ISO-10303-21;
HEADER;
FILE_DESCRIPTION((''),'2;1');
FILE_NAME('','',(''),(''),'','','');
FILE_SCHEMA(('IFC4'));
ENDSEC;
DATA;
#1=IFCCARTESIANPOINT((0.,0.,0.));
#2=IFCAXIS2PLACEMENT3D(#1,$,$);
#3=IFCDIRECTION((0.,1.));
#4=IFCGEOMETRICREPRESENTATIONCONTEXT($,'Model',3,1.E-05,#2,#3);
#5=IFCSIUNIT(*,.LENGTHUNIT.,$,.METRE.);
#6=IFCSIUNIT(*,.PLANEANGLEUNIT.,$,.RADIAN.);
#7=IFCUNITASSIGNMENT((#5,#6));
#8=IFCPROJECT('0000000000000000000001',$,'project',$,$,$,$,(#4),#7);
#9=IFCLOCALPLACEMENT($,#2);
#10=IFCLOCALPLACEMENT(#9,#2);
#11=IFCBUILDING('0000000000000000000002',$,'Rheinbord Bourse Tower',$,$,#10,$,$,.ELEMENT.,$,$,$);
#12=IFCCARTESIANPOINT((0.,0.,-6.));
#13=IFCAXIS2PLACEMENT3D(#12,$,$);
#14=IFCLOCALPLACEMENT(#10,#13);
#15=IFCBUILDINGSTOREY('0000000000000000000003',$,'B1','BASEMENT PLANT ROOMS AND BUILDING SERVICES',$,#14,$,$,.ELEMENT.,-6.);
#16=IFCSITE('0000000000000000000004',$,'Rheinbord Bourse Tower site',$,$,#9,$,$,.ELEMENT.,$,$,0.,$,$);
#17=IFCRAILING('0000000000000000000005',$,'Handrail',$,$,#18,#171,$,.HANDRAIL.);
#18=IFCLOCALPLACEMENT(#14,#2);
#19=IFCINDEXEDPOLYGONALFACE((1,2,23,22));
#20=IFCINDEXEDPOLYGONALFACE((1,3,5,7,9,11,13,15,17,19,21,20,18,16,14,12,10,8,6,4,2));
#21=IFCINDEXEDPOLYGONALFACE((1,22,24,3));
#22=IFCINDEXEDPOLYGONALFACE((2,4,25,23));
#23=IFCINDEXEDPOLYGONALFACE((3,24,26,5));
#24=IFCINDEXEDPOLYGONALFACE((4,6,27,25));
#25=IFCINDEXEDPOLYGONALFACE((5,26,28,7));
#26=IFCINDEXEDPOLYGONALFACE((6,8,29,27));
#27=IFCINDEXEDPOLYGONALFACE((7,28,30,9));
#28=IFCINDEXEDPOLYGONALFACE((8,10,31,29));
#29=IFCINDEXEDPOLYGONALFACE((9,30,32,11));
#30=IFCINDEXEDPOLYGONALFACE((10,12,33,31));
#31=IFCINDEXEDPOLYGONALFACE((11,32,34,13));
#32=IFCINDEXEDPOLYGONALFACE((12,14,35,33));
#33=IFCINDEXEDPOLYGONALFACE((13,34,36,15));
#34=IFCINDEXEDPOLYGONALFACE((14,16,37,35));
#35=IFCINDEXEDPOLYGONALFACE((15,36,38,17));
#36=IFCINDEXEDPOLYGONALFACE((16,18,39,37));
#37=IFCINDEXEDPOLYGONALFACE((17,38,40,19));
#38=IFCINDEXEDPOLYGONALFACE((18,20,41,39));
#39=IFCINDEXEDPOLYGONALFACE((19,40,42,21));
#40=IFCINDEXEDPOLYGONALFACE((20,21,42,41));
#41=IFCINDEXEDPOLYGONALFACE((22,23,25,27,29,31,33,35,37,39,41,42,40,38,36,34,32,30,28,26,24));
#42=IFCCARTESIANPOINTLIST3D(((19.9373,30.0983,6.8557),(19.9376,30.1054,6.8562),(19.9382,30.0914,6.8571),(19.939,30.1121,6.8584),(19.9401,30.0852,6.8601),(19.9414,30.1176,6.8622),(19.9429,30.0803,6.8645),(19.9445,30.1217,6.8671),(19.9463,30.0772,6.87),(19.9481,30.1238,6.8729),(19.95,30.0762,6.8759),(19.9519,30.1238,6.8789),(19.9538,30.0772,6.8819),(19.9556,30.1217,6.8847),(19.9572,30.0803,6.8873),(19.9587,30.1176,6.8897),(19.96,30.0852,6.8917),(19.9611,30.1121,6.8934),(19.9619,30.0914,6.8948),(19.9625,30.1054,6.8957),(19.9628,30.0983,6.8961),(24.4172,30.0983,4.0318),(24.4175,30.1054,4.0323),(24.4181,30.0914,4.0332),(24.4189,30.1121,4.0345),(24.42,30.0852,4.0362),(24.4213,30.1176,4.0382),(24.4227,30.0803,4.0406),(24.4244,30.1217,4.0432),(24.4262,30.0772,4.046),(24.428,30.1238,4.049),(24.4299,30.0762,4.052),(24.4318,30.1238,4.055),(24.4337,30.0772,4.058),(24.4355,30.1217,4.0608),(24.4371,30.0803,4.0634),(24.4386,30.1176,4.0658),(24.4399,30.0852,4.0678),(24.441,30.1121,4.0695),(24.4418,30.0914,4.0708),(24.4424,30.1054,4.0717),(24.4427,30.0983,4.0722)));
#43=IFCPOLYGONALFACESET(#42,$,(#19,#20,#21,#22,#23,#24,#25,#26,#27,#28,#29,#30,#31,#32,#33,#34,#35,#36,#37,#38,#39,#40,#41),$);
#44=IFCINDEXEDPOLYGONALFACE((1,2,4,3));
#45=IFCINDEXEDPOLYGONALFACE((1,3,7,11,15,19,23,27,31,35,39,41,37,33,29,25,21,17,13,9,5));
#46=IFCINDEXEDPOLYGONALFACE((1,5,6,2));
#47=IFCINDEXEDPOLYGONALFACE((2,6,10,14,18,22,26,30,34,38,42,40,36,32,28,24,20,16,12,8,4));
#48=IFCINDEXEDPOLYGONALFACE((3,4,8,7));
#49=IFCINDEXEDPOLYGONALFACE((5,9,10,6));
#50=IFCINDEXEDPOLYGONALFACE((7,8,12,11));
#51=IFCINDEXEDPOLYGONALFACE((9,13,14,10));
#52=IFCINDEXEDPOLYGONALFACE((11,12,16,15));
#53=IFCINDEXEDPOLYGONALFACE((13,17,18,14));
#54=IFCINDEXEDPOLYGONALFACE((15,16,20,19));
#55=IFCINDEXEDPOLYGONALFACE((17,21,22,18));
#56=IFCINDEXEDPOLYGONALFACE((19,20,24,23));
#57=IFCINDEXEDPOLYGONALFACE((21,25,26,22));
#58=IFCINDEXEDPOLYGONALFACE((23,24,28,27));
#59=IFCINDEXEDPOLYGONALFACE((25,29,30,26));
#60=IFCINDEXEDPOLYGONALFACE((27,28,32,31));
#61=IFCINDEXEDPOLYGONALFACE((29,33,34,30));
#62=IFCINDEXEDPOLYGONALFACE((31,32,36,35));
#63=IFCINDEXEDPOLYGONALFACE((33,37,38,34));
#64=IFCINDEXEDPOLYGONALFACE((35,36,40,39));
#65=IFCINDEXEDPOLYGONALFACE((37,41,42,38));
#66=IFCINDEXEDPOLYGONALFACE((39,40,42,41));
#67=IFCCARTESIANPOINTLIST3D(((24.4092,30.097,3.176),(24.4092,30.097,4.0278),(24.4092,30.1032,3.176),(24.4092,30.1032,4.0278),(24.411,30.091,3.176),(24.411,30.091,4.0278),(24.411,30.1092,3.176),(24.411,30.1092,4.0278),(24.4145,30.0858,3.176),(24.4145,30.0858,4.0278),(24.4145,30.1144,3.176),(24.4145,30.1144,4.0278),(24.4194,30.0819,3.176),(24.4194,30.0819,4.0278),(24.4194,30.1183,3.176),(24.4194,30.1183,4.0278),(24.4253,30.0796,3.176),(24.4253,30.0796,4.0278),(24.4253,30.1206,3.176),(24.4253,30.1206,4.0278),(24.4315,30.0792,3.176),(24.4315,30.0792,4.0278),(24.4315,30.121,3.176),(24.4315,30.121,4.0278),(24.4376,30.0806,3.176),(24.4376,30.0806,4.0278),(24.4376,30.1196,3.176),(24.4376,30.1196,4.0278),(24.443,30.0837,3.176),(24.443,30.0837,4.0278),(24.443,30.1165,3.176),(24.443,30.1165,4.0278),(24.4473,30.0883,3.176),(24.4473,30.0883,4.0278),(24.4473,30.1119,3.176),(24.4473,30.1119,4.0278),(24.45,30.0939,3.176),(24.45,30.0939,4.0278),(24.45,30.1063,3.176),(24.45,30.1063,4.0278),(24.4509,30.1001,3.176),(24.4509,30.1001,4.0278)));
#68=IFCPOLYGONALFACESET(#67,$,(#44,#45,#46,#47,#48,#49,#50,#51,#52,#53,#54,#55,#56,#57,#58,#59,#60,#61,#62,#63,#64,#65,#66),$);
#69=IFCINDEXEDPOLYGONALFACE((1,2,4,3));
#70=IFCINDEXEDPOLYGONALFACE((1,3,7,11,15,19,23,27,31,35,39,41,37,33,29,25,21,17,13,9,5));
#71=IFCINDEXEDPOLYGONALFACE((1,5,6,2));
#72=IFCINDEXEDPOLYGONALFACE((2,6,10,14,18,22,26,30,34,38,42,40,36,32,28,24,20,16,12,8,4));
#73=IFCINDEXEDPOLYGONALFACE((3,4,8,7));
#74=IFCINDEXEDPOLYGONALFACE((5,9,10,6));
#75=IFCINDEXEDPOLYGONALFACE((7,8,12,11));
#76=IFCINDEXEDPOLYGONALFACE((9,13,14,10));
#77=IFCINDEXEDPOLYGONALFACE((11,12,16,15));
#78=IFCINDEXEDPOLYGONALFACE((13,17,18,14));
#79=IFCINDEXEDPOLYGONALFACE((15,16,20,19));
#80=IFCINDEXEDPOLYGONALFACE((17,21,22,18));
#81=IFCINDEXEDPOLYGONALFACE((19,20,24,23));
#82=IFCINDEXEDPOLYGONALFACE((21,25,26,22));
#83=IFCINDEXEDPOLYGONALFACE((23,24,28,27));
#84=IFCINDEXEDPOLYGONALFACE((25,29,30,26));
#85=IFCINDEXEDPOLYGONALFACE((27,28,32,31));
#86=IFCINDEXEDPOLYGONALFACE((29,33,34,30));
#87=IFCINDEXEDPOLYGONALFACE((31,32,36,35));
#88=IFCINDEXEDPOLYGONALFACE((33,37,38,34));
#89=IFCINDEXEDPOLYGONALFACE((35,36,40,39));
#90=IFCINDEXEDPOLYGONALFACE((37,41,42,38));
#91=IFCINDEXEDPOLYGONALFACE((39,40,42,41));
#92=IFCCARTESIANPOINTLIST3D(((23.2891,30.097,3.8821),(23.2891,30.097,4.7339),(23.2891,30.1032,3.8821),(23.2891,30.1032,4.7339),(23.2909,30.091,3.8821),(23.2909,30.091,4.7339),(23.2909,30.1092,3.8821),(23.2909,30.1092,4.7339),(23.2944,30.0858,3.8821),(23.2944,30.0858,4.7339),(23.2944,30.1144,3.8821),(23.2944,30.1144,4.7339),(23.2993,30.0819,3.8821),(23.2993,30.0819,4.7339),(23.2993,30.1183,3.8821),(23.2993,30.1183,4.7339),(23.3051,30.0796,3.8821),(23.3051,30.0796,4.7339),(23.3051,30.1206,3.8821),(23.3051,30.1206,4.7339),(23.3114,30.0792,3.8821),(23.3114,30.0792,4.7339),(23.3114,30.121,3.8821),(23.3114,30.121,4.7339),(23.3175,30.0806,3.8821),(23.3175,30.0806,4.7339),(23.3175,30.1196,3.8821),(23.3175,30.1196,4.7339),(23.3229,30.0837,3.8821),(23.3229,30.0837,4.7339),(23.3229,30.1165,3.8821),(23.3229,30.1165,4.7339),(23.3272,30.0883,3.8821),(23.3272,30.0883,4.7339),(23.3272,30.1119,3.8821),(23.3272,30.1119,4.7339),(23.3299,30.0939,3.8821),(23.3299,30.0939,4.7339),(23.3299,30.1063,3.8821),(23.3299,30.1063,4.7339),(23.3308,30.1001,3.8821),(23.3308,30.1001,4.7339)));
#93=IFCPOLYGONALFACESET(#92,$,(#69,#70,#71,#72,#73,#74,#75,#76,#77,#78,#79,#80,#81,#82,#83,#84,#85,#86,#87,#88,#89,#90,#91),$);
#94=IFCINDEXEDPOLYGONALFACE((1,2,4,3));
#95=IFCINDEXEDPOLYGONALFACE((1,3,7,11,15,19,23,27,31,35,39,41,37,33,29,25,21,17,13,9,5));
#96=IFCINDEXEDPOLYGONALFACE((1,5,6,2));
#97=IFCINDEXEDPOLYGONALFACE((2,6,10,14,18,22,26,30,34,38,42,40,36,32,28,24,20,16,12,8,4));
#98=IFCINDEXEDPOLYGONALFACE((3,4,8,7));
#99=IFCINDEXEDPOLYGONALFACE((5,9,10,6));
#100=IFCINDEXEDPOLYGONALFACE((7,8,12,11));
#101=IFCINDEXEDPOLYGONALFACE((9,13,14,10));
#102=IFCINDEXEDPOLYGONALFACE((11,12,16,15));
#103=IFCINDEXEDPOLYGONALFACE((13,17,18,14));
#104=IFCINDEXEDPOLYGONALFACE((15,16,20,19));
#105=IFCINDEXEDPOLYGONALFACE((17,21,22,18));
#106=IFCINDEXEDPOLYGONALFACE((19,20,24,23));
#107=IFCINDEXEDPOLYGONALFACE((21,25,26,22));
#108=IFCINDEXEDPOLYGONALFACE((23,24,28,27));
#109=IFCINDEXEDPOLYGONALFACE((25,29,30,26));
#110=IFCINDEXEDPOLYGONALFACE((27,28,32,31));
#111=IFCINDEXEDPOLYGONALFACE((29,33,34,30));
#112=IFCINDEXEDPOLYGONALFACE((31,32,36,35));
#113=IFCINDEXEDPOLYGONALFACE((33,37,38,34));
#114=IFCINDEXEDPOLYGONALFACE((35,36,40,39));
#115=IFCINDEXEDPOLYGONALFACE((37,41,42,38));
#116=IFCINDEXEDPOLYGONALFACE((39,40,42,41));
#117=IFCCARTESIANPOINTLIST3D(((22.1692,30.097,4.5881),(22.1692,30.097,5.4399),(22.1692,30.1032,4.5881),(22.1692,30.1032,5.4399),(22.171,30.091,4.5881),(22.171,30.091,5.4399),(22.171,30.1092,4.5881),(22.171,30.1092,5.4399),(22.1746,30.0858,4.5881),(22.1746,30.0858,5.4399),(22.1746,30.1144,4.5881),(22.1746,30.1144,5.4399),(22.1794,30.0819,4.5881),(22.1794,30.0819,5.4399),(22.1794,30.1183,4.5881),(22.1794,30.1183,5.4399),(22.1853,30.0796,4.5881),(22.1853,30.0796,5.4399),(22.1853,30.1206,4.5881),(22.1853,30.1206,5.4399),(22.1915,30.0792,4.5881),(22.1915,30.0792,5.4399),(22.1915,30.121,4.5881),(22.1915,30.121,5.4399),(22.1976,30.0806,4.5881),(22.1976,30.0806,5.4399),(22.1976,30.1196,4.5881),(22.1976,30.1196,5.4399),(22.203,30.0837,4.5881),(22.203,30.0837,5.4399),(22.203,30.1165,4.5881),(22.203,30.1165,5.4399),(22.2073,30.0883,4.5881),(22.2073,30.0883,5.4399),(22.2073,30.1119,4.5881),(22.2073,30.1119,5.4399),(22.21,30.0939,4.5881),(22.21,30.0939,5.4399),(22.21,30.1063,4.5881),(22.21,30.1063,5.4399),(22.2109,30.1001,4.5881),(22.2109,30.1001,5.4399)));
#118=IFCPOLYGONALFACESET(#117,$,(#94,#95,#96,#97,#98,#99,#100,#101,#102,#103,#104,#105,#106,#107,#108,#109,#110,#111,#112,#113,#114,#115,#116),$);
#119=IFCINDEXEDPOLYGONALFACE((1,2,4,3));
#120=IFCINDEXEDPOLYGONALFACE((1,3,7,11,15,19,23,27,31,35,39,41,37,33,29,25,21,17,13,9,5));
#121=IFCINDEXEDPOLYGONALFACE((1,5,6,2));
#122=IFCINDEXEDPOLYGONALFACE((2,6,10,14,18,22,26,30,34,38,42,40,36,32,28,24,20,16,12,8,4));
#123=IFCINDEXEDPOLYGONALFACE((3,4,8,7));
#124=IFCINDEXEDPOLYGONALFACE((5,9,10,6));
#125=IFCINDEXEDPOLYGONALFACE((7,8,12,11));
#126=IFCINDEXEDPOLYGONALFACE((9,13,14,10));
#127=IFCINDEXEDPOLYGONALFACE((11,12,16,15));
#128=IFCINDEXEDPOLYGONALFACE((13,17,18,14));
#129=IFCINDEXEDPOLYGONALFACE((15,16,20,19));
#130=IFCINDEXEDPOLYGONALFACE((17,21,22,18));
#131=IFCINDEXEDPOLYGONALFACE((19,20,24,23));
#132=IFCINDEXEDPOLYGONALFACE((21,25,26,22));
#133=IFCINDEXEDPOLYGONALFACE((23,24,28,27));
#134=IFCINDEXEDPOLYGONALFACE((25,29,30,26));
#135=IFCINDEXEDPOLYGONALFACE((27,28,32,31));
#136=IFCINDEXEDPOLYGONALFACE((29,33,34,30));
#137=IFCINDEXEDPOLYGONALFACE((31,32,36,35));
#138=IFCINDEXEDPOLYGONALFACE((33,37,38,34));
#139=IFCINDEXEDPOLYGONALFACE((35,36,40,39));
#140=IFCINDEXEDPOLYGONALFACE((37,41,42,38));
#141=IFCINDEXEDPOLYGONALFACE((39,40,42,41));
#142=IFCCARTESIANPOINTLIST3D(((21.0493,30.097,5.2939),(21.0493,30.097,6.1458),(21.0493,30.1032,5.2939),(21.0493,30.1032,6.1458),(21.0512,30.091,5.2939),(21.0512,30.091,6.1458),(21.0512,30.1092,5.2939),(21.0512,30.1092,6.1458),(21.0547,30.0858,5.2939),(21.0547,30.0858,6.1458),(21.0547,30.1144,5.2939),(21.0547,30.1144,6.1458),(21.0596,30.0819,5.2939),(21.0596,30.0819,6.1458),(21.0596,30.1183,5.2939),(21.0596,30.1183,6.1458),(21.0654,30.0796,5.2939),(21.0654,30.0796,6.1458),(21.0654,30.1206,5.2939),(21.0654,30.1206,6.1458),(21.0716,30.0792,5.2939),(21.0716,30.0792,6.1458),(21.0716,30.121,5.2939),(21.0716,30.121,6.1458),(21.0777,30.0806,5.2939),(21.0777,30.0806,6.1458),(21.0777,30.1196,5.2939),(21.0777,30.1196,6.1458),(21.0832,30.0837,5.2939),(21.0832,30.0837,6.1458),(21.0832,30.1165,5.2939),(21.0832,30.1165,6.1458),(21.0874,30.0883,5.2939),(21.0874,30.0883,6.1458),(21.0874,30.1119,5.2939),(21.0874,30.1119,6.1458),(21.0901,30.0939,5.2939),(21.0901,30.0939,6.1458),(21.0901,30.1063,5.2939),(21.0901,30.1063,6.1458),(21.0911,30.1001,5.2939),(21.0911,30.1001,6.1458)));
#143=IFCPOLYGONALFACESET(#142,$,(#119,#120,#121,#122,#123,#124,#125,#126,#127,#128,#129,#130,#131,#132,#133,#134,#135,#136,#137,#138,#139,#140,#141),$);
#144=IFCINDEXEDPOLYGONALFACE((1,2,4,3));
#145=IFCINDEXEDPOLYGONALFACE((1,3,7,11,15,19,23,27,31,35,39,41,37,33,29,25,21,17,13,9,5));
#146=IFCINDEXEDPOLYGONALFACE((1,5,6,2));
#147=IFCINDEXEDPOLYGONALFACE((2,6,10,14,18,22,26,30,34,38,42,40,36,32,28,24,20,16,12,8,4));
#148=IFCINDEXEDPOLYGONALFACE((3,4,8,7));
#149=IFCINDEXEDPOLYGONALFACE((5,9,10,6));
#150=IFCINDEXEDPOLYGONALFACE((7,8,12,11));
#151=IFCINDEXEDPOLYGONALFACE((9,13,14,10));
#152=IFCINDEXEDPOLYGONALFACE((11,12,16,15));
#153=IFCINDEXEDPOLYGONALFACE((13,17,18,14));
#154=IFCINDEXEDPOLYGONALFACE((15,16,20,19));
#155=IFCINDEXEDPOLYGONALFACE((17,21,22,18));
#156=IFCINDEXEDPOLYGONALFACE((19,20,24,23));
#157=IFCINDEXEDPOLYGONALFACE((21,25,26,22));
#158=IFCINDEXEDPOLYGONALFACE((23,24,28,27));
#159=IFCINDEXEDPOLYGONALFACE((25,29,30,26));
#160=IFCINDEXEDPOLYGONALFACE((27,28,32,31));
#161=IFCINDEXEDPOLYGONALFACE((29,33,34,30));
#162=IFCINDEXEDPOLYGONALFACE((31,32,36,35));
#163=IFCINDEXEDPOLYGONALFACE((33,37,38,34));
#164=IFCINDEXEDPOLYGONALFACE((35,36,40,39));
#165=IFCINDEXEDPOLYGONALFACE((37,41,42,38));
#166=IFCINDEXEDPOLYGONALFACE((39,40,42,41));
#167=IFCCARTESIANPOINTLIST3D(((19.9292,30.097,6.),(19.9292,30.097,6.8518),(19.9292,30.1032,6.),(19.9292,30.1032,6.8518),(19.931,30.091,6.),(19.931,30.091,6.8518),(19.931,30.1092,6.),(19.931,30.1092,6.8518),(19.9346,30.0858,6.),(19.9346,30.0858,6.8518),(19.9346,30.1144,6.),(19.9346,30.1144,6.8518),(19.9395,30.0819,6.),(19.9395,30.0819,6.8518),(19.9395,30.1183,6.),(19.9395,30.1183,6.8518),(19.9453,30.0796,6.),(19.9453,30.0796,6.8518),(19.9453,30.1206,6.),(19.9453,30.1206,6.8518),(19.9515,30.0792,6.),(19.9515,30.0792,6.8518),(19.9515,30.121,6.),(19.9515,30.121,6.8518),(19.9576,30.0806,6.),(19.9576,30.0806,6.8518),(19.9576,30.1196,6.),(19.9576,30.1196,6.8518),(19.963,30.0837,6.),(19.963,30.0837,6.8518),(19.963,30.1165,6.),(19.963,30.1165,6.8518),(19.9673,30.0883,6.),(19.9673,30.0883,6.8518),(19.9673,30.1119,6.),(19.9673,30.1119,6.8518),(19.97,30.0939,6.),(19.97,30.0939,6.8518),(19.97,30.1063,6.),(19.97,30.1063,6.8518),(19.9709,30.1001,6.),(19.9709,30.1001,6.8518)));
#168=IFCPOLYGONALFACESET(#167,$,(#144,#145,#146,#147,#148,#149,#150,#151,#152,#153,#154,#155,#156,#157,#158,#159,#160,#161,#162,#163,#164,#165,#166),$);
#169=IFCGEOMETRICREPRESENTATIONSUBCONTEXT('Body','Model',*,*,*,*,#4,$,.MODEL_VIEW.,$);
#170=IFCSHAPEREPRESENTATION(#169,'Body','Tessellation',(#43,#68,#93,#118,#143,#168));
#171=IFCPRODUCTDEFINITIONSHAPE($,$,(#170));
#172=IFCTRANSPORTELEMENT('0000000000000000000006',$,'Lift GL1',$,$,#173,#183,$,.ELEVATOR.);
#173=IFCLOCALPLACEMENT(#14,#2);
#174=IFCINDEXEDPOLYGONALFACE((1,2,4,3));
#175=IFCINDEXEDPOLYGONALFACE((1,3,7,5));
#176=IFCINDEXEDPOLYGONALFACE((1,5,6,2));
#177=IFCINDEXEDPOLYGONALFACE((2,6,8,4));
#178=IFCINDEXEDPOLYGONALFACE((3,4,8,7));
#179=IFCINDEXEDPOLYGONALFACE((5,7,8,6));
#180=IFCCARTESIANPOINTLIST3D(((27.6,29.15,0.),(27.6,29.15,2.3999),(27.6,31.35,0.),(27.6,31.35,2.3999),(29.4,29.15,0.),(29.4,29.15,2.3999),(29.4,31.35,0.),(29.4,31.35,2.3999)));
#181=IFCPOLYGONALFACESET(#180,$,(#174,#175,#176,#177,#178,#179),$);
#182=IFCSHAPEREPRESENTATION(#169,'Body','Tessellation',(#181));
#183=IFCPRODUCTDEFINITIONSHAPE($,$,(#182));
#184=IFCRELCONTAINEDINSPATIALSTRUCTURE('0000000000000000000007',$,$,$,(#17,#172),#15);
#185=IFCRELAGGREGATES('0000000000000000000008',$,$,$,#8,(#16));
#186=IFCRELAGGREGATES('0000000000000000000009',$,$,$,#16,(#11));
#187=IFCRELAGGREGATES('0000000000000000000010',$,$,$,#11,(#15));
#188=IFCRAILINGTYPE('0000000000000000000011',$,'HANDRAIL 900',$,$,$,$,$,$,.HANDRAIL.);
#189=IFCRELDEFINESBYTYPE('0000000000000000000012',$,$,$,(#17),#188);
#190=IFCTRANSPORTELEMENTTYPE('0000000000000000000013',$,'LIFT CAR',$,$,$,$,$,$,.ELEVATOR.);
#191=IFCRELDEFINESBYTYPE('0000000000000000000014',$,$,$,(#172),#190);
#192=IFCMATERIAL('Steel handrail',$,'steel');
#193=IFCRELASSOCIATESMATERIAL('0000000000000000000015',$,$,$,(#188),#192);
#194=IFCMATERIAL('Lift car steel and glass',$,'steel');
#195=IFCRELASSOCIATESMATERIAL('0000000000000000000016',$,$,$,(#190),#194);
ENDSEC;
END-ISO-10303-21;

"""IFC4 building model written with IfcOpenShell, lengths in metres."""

from ifc_helpers import new_model, si_unit, direction, frame, origin, origin_2d, place, context, subcontext, project, spatial, rectangle, circle, extrude, material, type_object, element, save


model = new_model("IFC4")

# Units and contexts
model_context = context("Model", 3, precision=1e-05, world=origin(), true_north=direction((0.0, 1.0)))
body_context = subcontext(model_context, "Body", "Model", "MODEL_VIEW")
ifc_project = project(units=[si_unit("LENGTHUNIT", "METRE"), si_unit("PLANEANGLEUNIT", "RADIAN")], contexts=[model_context])

# Site, building, storey
site_placement = place(None, origin())
site = spatial("IfcSite", under=ifc_project, at=site_placement, Name="Rheinbord Bourse Tower site", CompositionType="ELEMENT", RefElevation=0.0)
building_placement = place(site_placement, origin())
building = spatial("IfcBuilding", under=site, at=building_placement, Name="Rheinbord Bourse Tower", CompositionType="ELEMENT")
storey_placement = place(building_placement, frame((0.0, 0.0, -6.0)))
storey = spatial("IfcBuildingStorey", under=building, at=storey_placement, Name="B1", Description="BASEMENT PLANT ROOMS AND BUILDING SERVICES", CompositionType="ELEMENT", Elevation=-6.0)

# Railing
ifc_material_1 = material(Name="Steel handrail", Category="steel")
railing_type = type_object("IfcRailingType", Name="HANDRAIL 900", PredefinedType="HANDRAIL", material=ifc_material_1)
railing_1_placement = place(storey_placement, frame((24.4299, 30.1001, 3.176)))
element("IfcRailing", 1, at=railing_1_placement, inside=storey, type_object=railing_type, Name="Handrail", PredefinedType="HANDRAIL", context=body_context, shape_type="SweptSolid", body=[
    extrude(circle(Radius=0.0239, at=origin_2d()), frame((0.0, 0.0, 0.876), z_axis=(-0.845956, 0.0, 0.533252), x_axis=(0.0, -1.0, 0.0)), (0.0, 0.0, 1.0), 5.2957),
    extrude(circle(Radius=0.021, at=origin_2d()), origin(), (0.0, 0.0, 1.0), 0.8518),
    extrude(circle(Radius=0.021, at=origin_2d()), frame((-1.1201, 0.0, 0.7061)), (0.0, 0.0, 1.0), 0.8518),
    extrude(circle(Radius=0.021, at=origin_2d()), frame((-2.24, 0.0, 1.4121)), (0.0, 0.0, 1.0), 0.8518),
    extrude(circle(Radius=0.021, at=origin_2d()), frame((-3.3599, 0.0, 2.1179)), (0.0, 0.0, 1.0), 0.8518),
    extrude(circle(Radius=0.021, at=origin_2d()), frame((-4.48, 0.0, 2.824)), (0.0, 0.0, 1.0), 0.8518),
])

# Transport element
ifc_material_2 = material(Name="Lift car steel and glass", Category="steel")
transport_element_type = type_object("IfcTransportElementType", Name="LIFT CAR", PredefinedType="ELEVATOR", material=ifc_material_2)
transport_element_placement = place(storey_placement, frame((28.5, 30.25, 0.0), z_axis=(0.0, 0.0, 1.0), x_axis=(1.0, 0.0, 0.0)))
element("IfcTransportElement", 2, at=transport_element_placement, inside=storey, type_object=transport_element_type, Name="Lift GL1", PredefinedType="ELEVATOR", context=body_context, shape_type="SweptSolid", body=[
    extrude(rectangle(XDim=1.8, YDim=2.2, at=origin_2d()), origin(), (0.0, 0.0, 1.0), 2.3999),
])

save(model, "model.ifc")
